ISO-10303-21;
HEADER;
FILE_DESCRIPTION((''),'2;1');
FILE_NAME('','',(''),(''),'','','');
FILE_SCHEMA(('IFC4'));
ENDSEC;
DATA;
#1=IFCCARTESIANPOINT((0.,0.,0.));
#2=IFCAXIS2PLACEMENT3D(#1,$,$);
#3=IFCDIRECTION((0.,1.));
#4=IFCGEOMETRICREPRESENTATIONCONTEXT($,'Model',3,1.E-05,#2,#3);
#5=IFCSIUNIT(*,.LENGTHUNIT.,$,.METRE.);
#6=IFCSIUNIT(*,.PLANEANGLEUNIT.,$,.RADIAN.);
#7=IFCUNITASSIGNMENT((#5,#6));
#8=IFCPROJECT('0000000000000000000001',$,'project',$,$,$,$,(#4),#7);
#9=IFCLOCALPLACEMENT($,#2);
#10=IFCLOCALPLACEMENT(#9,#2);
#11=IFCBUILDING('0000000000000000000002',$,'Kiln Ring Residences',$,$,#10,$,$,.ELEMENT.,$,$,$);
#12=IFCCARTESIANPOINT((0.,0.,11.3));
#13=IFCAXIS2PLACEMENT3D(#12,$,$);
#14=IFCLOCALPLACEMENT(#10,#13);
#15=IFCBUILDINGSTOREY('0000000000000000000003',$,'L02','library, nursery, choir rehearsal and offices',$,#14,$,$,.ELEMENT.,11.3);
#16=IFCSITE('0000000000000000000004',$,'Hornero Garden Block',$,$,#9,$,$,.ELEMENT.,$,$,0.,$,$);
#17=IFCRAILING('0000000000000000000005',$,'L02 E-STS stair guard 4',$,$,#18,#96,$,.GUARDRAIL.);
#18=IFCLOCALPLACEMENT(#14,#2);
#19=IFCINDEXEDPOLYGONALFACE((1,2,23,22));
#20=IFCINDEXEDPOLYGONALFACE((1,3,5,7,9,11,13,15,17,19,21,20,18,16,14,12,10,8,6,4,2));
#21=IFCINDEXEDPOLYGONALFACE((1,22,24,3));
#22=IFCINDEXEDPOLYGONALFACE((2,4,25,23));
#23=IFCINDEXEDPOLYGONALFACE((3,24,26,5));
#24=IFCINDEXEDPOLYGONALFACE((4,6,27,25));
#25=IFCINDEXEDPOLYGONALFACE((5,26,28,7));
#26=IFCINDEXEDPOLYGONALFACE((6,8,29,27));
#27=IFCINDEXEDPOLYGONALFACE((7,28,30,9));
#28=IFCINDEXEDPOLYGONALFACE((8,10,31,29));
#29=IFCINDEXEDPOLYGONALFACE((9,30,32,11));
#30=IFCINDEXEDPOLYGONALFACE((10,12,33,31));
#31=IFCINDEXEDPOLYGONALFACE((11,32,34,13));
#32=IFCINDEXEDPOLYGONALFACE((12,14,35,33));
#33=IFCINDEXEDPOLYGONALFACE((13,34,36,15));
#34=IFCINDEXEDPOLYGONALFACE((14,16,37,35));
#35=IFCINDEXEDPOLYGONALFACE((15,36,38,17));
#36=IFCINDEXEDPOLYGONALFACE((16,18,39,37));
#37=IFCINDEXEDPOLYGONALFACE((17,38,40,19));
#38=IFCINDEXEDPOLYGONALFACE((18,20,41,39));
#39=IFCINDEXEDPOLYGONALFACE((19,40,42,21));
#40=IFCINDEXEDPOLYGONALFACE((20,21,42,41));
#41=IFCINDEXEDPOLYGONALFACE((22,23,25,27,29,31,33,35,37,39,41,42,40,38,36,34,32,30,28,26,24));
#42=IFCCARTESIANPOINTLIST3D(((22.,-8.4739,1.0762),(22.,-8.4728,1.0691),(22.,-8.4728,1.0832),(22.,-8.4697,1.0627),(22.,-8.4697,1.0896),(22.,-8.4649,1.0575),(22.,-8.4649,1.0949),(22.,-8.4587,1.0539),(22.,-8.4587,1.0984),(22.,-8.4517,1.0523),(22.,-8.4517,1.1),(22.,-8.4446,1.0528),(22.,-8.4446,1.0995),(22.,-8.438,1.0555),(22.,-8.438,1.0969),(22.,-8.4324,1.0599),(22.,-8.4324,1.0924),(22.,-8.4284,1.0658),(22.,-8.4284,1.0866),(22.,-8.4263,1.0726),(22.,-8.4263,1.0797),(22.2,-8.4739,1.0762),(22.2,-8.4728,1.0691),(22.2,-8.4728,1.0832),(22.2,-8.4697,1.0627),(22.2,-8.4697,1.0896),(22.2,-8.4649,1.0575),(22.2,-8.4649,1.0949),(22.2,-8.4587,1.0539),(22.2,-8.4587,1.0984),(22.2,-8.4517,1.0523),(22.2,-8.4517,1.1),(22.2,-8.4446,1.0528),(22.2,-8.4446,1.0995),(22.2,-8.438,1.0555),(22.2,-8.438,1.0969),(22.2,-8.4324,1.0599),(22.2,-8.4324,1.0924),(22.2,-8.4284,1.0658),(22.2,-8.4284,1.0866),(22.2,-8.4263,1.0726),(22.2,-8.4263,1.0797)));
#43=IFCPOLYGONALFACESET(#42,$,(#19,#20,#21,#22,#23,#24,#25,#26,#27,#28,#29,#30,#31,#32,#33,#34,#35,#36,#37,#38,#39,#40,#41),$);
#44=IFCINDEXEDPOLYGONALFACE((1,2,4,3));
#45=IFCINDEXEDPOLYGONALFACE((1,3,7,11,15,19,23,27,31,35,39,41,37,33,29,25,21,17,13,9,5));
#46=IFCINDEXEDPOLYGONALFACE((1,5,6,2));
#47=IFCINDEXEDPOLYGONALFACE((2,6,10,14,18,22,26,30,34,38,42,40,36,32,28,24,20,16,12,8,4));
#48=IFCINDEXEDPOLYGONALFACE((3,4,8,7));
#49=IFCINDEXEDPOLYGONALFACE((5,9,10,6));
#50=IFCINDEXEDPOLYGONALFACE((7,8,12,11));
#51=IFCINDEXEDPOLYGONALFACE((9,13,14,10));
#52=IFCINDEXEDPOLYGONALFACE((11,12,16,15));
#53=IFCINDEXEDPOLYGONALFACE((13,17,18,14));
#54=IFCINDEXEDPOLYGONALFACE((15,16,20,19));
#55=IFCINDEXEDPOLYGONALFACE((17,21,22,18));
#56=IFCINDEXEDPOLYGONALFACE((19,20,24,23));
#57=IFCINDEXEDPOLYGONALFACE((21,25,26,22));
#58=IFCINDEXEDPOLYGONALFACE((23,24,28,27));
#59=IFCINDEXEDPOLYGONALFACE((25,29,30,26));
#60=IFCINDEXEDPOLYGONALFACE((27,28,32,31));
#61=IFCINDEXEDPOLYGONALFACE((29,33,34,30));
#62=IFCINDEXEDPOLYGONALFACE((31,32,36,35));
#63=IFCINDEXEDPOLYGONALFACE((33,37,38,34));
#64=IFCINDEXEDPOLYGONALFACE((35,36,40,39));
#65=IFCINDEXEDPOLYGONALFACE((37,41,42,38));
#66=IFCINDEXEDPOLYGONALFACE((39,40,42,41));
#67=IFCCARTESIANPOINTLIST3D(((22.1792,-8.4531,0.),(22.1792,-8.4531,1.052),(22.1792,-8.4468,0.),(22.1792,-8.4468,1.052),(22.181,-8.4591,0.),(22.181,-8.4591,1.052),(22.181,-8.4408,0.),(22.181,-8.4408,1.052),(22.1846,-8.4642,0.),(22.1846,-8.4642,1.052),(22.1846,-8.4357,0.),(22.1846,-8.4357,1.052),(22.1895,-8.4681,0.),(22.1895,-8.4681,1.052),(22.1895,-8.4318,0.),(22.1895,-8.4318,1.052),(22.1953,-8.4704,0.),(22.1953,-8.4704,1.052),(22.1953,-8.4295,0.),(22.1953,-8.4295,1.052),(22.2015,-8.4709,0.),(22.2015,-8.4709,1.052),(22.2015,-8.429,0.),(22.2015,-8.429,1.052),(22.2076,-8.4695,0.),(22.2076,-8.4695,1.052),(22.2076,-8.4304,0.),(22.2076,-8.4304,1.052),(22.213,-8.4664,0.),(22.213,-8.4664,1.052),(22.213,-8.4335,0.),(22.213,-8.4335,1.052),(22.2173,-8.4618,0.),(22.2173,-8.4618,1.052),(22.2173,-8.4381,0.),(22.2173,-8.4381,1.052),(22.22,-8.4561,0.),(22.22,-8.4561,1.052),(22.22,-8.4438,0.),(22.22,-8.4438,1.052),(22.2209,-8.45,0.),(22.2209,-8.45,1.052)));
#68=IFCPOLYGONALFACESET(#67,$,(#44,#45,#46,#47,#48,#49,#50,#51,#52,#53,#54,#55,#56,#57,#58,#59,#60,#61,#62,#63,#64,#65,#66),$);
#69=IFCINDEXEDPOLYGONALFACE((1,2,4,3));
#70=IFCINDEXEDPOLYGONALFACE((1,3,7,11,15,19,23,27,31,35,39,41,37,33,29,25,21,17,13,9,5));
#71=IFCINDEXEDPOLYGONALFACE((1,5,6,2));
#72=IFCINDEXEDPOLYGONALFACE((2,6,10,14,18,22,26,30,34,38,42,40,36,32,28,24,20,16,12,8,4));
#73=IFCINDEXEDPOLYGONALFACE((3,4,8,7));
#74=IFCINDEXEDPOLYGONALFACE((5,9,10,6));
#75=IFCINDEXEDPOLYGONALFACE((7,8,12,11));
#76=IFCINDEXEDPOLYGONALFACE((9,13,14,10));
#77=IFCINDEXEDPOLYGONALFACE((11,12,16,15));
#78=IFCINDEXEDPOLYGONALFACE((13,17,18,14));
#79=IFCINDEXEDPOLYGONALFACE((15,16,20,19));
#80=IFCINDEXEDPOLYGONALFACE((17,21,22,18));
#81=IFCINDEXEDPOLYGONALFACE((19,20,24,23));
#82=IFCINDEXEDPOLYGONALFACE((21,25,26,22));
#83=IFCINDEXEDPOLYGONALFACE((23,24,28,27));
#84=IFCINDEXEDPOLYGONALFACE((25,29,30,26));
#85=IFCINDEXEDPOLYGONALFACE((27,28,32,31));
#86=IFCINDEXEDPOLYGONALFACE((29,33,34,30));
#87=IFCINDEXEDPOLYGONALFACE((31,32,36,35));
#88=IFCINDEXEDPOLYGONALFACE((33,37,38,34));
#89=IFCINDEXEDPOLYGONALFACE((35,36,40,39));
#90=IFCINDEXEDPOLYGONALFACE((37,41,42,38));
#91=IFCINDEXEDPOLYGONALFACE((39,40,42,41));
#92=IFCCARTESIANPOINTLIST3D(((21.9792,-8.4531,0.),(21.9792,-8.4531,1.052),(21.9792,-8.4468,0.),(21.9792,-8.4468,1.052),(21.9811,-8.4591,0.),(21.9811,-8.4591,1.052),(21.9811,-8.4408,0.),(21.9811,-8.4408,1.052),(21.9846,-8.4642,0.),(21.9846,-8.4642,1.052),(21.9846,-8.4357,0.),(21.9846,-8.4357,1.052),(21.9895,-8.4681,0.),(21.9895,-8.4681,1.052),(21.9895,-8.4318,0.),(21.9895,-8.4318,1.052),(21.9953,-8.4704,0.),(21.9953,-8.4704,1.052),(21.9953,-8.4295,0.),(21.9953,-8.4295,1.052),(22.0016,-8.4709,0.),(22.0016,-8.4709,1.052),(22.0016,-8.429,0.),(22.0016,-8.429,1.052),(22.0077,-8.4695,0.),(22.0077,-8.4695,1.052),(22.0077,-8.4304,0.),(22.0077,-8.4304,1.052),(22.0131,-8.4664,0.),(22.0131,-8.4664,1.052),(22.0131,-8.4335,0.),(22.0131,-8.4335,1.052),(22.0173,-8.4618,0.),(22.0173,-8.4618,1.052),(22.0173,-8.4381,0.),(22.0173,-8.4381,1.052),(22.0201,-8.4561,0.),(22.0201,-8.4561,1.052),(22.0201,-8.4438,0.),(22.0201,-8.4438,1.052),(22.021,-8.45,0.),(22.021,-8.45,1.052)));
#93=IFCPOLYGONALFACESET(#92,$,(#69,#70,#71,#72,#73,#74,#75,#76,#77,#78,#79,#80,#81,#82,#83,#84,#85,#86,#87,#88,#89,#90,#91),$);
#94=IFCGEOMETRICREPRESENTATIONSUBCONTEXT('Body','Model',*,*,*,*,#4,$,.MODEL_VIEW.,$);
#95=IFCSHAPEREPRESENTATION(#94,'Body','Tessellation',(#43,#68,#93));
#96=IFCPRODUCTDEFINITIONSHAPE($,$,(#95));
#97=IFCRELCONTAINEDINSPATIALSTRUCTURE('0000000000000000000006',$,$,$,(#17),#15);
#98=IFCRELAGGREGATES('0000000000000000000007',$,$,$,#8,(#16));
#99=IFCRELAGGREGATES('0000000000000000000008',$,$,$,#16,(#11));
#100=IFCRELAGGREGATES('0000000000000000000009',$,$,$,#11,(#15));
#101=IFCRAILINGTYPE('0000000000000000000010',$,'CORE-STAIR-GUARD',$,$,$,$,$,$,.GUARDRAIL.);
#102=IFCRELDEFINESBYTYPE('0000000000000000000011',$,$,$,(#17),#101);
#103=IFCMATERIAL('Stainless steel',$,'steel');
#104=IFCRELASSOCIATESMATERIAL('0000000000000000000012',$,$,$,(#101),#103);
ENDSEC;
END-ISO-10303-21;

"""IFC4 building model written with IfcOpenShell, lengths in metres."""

from ifc_helpers import new_model, si_unit, direction, frame, origin, origin_2d, place, context, subcontext, project, spatial, circle, extrude, material, type_object, element, save


model = new_model("IFC4")

# Units and contexts
model_context = context("Model", 3, precision=1e-05, world=origin(), true_north=direction((0.0, 1.0)))
body_context = subcontext(model_context, "Body", "Model", "MODEL_VIEW")
ifc_project = project(units=[si_unit("LENGTHUNIT", "METRE"), si_unit("PLANEANGLEUNIT", "RADIAN")], contexts=[model_context])

# Site, building, storey
site_placement = place(None, origin())
site = spatial("IfcSite", under=ifc_project, at=site_placement, Name="Hornero Garden Block", CompositionType="ELEMENT", RefElevation=0.0)
building_placement = place(site_placement, origin())
building = spatial("IfcBuilding", under=site, at=building_placement, Name="Kiln Ring Residences", CompositionType="ELEMENT")
storey_placement = place(building_placement, frame((0.0, 0.0, 11.3)))
storey = spatial("IfcBuildingStorey", under=building, at=storey_placement, Name="L02", Description="library, nursery, choir rehearsal and offices", CompositionType="ELEMENT", Elevation=11.3)

# Railing
ifc_material_1 = material(Name="Stainless steel", Category="steel")
railing_type_1 = type_object("IfcRailingType", Name="CORE-STAIR-GUARD", PredefinedType="GUARDRAIL", material=ifc_material_1)
railing_1_placement = place(storey_placement, frame((22.2, -8.45, 0.0)))
element("IfcRailing", 1, at=railing_1_placement, inside=storey, type_object=railing_type_1, Name="L02 E-STS stair guard 4", PredefinedType="GUARDRAIL", context=body_context, shape_type="SweptSolid", body=[
    extrude(circle(Radius=0.0239, at=origin_2d()), frame((0.0, 0.0, 1.0762), z_axis=(-1.0, 0.0, 0.0), x_axis=(0.0, -1.0, 0.0)), (0.0, 0.0, 1.0), 0.2),
    extrude(circle(Radius=0.021, at=origin_2d()), origin(), (0.0, 0.0, 1.0), 1.052),
    extrude(circle(Radius=0.021, at=origin_2d()), frame((-0.2, 0.0, 0.0)), (0.0, 0.0, 1.0), 1.052),
])

save(model, "model.ifc")
